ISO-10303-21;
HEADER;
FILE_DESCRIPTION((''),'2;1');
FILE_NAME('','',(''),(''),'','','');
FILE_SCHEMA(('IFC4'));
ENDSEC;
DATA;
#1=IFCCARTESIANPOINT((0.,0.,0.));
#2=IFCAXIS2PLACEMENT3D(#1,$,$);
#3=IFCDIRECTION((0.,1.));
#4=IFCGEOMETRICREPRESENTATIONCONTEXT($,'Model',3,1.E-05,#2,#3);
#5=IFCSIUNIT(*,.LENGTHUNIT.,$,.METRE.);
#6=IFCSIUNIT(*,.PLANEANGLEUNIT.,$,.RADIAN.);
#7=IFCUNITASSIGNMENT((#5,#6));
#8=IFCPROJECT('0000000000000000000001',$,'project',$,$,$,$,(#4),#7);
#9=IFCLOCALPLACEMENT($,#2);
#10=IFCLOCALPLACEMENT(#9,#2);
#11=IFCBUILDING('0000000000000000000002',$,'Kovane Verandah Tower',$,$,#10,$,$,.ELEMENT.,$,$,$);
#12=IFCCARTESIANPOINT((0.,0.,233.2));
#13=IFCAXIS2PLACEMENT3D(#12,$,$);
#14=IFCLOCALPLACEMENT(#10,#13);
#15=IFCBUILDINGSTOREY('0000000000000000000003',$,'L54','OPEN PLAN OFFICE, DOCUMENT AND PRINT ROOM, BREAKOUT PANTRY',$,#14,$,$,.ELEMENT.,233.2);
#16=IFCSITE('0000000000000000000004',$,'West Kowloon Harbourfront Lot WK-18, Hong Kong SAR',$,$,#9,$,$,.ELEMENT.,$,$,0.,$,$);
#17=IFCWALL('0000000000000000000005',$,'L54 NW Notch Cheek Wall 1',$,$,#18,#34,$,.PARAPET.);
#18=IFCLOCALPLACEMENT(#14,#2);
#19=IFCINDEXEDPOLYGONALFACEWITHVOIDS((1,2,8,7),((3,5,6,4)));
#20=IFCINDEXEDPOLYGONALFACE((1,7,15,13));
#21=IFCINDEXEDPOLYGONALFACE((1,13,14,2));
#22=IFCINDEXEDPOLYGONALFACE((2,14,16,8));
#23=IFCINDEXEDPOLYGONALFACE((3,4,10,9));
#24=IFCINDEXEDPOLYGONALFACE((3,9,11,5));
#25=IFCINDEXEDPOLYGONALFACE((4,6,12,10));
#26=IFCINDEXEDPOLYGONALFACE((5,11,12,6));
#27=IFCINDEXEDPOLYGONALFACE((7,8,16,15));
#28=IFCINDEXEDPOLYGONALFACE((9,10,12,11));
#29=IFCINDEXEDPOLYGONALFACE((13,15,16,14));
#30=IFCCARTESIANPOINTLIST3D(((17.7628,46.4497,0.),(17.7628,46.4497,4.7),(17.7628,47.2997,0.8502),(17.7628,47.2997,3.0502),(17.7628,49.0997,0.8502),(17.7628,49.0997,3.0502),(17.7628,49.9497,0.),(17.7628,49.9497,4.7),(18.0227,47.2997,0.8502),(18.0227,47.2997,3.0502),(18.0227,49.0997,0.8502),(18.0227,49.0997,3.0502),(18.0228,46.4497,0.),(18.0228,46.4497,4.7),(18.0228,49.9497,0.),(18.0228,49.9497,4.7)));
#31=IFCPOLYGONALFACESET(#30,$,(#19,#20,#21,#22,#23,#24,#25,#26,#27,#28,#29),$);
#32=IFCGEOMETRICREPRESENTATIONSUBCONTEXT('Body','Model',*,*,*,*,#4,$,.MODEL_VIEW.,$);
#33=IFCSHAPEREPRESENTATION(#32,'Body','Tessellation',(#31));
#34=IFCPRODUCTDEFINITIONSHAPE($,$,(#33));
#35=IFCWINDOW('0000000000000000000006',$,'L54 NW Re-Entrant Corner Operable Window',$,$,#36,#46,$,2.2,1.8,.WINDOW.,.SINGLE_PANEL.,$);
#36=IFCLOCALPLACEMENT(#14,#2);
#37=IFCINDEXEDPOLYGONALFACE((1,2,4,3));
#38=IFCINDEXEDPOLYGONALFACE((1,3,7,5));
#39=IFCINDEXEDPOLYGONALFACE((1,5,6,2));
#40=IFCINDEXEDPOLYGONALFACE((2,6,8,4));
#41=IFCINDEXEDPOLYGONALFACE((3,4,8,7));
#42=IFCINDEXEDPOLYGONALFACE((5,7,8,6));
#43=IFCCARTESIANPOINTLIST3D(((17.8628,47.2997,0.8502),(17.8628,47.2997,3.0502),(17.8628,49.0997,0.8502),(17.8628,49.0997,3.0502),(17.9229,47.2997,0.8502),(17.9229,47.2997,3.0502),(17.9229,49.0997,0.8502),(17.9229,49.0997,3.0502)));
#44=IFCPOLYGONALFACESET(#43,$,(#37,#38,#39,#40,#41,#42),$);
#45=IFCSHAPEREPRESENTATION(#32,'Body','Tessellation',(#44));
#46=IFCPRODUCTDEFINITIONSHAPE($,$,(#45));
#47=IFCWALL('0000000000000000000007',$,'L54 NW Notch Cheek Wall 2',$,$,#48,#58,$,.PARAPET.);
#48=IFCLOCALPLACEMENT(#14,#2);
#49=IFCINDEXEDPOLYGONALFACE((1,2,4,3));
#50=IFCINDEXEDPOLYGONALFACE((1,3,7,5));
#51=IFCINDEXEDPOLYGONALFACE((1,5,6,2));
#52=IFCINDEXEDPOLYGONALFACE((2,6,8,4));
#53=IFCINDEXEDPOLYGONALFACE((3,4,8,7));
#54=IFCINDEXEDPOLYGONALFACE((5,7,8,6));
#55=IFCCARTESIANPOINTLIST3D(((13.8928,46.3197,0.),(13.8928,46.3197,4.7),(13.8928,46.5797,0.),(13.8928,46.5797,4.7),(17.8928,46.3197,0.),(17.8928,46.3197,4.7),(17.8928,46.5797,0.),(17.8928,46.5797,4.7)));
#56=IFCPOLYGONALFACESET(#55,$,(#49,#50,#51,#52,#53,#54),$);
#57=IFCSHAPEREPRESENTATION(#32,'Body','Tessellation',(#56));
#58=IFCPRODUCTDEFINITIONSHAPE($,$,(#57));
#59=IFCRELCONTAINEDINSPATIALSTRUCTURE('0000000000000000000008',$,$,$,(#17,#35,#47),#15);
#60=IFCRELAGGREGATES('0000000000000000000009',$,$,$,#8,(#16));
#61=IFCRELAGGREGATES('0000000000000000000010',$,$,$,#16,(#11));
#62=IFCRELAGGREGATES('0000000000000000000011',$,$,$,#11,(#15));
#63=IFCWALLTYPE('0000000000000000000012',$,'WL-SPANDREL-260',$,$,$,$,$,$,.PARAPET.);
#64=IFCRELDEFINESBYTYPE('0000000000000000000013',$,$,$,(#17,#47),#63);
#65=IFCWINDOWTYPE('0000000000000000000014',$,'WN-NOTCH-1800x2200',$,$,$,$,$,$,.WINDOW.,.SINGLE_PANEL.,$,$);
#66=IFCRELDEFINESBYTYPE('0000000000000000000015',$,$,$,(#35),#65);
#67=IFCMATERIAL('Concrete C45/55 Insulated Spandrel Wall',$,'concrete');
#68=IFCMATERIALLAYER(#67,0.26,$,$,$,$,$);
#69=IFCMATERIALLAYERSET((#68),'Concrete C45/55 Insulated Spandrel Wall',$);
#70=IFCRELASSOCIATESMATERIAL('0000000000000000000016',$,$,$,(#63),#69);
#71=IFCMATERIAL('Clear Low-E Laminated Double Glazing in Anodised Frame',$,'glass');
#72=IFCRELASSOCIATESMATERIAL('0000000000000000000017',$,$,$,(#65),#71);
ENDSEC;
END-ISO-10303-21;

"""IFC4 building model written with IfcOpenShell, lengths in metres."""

from ifc_helpers import new_model, si_unit, direction, frame, frame_2d, origin, place, context, subcontext, project, spatial, rectangle, extrude, material, layer, layer_set, type_object, element, fill, save


model = new_model("IFC4")

# Units and contexts
model_context = context("Model", 3, precision=1e-05, world=origin(), true_north=direction((0.0, 1.0)))
body_context = subcontext(model_context, "Body", "Model", "MODEL_VIEW")
ifc_project = project(units=[si_unit("LENGTHUNIT", "METRE"), si_unit("PLANEANGLEUNIT", "RADIAN")], contexts=[model_context])

# Site, building, storey
site_placement = place(None, origin())
site = spatial("IfcSite", under=ifc_project, at=site_placement, Name="West Kowloon Harbourfront Lot WK-18, Hong Kong SAR", CompositionType="ELEMENT", RefElevation=0.0)
building_placement = place(site_placement, origin())
building = spatial("IfcBuilding", under=site, at=building_placement, Name="Kovane Verandah Tower", CompositionType="ELEMENT")
storey_placement = place(building_placement, frame((0.0, 0.0, 233.2)))
storey = spatial("IfcBuildingStorey", under=building, at=storey_placement, Name="L54", Description="OPEN PLAN OFFICE, DOCUMENT AND PRINT ROOM, BREAKOUT PANTRY", CompositionType="ELEMENT", Elevation=233.2)

# Wall, opening, window
ifc_material_1 = material(Name="Concrete C45/55 Insulated Spandrel Wall", Category="concrete")
ifc_layer_1 = layer(ifc_material_1, 0.26)
ifc_layer_set_1 = layer_set([ifc_layer_1], Name="Concrete C45/55 Insulated Spandrel Wall")
wall_type = type_object("IfcWallType", Name="WL-SPANDREL-260", PredefinedType="PARAPET", material=ifc_layer_set_1)
wall_1_placement = place(storey_placement, frame((17.8928, 49.9497, 0.0), z_axis=(0.0, 0.0, 1.0), x_axis=(0.0, -1.0, 0.0)))
wall_1 = element("IfcWall", 1, at=wall_1_placement, inside=storey, type_object=wall_type, Name="L54 NW Notch Cheek Wall 1", PredefinedType="PARAPET", context=body_context, shape_type="SweptSolid", body=[
    extrude(rectangle(XDim=3.5, YDim=0.26, at=frame_2d((1.75, 0.0))), origin(), (0.0, 0.0, 1.0), 4.7),
])
opening_placement = place(wall_1_placement, frame((0.8501, 0.0, 0.8501)))
opening = element("IfcOpeningElement", 2, at=opening_placement, cuts=wall_1, PredefinedType="OPENING", context=body_context, shape_type="SweptSolid", body=[
    extrude(rectangle(XDim=1.8, YDim=2.2, at=frame_2d((0.8999, 1.1001))), frame((0.0, 0.1299, 0.0), z_axis=(0.0, -1.0, 0.0), x_axis=(1.0, 0.0, 0.0)), (0.0, 0.0, 1.0), 0.26),
])
ifc_material_2 = material(Name="Clear Low-E Laminated Double Glazing in Anodised Frame", Category="glass")
window_type = type_object("IfcWindowType", Name="WN-NOTCH-1800x2200", PartitioningType="SINGLE_PANEL", PredefinedType="WINDOW", material=ifc_material_2)
window_placement = place(opening_placement, origin())
window = element("IfcWindow", 3, at=window_placement, inside=storey, type_object=window_type, Name="L54 NW Re-Entrant Corner Operable Window", OverallHeight=2.2, OverallWidth=1.8, PartitioningType="SINGLE_PANEL", PredefinedType="WINDOW", context=body_context, shape_type="SweptSolid", body=[
    extrude(rectangle(XDim=1.8, YDim=2.2, at=frame_2d((0.8999, 1.1001))), frame((0.0, 0.03, 0.0), z_axis=(0.0, -1.0, 0.0), x_axis=(1.0, 0.0, 0.0)), (0.0, 0.0, 1.0), 0.0601),
])
fill(opening, window)

# Wall
wall_2_placement = place(storey_placement, frame((17.8928, 46.4497, 0.0), z_axis=(0.0, 0.0, 1.0), x_axis=(-1.0, 0.0, 0.0)))
element("IfcWall", 4, at=wall_2_placement, inside=storey, type_object=wall_type, Name="L54 NW Notch Cheek Wall 2", PredefinedType="PARAPET", context=body_context, shape_type="SweptSolid", body=[
    extrude(rectangle(XDim=4.0, YDim=0.26, at=frame_2d((2.0, 0.0))), origin(), (0.0, 0.0, 1.0), 4.7),
])

save(model, "model.ifc")
